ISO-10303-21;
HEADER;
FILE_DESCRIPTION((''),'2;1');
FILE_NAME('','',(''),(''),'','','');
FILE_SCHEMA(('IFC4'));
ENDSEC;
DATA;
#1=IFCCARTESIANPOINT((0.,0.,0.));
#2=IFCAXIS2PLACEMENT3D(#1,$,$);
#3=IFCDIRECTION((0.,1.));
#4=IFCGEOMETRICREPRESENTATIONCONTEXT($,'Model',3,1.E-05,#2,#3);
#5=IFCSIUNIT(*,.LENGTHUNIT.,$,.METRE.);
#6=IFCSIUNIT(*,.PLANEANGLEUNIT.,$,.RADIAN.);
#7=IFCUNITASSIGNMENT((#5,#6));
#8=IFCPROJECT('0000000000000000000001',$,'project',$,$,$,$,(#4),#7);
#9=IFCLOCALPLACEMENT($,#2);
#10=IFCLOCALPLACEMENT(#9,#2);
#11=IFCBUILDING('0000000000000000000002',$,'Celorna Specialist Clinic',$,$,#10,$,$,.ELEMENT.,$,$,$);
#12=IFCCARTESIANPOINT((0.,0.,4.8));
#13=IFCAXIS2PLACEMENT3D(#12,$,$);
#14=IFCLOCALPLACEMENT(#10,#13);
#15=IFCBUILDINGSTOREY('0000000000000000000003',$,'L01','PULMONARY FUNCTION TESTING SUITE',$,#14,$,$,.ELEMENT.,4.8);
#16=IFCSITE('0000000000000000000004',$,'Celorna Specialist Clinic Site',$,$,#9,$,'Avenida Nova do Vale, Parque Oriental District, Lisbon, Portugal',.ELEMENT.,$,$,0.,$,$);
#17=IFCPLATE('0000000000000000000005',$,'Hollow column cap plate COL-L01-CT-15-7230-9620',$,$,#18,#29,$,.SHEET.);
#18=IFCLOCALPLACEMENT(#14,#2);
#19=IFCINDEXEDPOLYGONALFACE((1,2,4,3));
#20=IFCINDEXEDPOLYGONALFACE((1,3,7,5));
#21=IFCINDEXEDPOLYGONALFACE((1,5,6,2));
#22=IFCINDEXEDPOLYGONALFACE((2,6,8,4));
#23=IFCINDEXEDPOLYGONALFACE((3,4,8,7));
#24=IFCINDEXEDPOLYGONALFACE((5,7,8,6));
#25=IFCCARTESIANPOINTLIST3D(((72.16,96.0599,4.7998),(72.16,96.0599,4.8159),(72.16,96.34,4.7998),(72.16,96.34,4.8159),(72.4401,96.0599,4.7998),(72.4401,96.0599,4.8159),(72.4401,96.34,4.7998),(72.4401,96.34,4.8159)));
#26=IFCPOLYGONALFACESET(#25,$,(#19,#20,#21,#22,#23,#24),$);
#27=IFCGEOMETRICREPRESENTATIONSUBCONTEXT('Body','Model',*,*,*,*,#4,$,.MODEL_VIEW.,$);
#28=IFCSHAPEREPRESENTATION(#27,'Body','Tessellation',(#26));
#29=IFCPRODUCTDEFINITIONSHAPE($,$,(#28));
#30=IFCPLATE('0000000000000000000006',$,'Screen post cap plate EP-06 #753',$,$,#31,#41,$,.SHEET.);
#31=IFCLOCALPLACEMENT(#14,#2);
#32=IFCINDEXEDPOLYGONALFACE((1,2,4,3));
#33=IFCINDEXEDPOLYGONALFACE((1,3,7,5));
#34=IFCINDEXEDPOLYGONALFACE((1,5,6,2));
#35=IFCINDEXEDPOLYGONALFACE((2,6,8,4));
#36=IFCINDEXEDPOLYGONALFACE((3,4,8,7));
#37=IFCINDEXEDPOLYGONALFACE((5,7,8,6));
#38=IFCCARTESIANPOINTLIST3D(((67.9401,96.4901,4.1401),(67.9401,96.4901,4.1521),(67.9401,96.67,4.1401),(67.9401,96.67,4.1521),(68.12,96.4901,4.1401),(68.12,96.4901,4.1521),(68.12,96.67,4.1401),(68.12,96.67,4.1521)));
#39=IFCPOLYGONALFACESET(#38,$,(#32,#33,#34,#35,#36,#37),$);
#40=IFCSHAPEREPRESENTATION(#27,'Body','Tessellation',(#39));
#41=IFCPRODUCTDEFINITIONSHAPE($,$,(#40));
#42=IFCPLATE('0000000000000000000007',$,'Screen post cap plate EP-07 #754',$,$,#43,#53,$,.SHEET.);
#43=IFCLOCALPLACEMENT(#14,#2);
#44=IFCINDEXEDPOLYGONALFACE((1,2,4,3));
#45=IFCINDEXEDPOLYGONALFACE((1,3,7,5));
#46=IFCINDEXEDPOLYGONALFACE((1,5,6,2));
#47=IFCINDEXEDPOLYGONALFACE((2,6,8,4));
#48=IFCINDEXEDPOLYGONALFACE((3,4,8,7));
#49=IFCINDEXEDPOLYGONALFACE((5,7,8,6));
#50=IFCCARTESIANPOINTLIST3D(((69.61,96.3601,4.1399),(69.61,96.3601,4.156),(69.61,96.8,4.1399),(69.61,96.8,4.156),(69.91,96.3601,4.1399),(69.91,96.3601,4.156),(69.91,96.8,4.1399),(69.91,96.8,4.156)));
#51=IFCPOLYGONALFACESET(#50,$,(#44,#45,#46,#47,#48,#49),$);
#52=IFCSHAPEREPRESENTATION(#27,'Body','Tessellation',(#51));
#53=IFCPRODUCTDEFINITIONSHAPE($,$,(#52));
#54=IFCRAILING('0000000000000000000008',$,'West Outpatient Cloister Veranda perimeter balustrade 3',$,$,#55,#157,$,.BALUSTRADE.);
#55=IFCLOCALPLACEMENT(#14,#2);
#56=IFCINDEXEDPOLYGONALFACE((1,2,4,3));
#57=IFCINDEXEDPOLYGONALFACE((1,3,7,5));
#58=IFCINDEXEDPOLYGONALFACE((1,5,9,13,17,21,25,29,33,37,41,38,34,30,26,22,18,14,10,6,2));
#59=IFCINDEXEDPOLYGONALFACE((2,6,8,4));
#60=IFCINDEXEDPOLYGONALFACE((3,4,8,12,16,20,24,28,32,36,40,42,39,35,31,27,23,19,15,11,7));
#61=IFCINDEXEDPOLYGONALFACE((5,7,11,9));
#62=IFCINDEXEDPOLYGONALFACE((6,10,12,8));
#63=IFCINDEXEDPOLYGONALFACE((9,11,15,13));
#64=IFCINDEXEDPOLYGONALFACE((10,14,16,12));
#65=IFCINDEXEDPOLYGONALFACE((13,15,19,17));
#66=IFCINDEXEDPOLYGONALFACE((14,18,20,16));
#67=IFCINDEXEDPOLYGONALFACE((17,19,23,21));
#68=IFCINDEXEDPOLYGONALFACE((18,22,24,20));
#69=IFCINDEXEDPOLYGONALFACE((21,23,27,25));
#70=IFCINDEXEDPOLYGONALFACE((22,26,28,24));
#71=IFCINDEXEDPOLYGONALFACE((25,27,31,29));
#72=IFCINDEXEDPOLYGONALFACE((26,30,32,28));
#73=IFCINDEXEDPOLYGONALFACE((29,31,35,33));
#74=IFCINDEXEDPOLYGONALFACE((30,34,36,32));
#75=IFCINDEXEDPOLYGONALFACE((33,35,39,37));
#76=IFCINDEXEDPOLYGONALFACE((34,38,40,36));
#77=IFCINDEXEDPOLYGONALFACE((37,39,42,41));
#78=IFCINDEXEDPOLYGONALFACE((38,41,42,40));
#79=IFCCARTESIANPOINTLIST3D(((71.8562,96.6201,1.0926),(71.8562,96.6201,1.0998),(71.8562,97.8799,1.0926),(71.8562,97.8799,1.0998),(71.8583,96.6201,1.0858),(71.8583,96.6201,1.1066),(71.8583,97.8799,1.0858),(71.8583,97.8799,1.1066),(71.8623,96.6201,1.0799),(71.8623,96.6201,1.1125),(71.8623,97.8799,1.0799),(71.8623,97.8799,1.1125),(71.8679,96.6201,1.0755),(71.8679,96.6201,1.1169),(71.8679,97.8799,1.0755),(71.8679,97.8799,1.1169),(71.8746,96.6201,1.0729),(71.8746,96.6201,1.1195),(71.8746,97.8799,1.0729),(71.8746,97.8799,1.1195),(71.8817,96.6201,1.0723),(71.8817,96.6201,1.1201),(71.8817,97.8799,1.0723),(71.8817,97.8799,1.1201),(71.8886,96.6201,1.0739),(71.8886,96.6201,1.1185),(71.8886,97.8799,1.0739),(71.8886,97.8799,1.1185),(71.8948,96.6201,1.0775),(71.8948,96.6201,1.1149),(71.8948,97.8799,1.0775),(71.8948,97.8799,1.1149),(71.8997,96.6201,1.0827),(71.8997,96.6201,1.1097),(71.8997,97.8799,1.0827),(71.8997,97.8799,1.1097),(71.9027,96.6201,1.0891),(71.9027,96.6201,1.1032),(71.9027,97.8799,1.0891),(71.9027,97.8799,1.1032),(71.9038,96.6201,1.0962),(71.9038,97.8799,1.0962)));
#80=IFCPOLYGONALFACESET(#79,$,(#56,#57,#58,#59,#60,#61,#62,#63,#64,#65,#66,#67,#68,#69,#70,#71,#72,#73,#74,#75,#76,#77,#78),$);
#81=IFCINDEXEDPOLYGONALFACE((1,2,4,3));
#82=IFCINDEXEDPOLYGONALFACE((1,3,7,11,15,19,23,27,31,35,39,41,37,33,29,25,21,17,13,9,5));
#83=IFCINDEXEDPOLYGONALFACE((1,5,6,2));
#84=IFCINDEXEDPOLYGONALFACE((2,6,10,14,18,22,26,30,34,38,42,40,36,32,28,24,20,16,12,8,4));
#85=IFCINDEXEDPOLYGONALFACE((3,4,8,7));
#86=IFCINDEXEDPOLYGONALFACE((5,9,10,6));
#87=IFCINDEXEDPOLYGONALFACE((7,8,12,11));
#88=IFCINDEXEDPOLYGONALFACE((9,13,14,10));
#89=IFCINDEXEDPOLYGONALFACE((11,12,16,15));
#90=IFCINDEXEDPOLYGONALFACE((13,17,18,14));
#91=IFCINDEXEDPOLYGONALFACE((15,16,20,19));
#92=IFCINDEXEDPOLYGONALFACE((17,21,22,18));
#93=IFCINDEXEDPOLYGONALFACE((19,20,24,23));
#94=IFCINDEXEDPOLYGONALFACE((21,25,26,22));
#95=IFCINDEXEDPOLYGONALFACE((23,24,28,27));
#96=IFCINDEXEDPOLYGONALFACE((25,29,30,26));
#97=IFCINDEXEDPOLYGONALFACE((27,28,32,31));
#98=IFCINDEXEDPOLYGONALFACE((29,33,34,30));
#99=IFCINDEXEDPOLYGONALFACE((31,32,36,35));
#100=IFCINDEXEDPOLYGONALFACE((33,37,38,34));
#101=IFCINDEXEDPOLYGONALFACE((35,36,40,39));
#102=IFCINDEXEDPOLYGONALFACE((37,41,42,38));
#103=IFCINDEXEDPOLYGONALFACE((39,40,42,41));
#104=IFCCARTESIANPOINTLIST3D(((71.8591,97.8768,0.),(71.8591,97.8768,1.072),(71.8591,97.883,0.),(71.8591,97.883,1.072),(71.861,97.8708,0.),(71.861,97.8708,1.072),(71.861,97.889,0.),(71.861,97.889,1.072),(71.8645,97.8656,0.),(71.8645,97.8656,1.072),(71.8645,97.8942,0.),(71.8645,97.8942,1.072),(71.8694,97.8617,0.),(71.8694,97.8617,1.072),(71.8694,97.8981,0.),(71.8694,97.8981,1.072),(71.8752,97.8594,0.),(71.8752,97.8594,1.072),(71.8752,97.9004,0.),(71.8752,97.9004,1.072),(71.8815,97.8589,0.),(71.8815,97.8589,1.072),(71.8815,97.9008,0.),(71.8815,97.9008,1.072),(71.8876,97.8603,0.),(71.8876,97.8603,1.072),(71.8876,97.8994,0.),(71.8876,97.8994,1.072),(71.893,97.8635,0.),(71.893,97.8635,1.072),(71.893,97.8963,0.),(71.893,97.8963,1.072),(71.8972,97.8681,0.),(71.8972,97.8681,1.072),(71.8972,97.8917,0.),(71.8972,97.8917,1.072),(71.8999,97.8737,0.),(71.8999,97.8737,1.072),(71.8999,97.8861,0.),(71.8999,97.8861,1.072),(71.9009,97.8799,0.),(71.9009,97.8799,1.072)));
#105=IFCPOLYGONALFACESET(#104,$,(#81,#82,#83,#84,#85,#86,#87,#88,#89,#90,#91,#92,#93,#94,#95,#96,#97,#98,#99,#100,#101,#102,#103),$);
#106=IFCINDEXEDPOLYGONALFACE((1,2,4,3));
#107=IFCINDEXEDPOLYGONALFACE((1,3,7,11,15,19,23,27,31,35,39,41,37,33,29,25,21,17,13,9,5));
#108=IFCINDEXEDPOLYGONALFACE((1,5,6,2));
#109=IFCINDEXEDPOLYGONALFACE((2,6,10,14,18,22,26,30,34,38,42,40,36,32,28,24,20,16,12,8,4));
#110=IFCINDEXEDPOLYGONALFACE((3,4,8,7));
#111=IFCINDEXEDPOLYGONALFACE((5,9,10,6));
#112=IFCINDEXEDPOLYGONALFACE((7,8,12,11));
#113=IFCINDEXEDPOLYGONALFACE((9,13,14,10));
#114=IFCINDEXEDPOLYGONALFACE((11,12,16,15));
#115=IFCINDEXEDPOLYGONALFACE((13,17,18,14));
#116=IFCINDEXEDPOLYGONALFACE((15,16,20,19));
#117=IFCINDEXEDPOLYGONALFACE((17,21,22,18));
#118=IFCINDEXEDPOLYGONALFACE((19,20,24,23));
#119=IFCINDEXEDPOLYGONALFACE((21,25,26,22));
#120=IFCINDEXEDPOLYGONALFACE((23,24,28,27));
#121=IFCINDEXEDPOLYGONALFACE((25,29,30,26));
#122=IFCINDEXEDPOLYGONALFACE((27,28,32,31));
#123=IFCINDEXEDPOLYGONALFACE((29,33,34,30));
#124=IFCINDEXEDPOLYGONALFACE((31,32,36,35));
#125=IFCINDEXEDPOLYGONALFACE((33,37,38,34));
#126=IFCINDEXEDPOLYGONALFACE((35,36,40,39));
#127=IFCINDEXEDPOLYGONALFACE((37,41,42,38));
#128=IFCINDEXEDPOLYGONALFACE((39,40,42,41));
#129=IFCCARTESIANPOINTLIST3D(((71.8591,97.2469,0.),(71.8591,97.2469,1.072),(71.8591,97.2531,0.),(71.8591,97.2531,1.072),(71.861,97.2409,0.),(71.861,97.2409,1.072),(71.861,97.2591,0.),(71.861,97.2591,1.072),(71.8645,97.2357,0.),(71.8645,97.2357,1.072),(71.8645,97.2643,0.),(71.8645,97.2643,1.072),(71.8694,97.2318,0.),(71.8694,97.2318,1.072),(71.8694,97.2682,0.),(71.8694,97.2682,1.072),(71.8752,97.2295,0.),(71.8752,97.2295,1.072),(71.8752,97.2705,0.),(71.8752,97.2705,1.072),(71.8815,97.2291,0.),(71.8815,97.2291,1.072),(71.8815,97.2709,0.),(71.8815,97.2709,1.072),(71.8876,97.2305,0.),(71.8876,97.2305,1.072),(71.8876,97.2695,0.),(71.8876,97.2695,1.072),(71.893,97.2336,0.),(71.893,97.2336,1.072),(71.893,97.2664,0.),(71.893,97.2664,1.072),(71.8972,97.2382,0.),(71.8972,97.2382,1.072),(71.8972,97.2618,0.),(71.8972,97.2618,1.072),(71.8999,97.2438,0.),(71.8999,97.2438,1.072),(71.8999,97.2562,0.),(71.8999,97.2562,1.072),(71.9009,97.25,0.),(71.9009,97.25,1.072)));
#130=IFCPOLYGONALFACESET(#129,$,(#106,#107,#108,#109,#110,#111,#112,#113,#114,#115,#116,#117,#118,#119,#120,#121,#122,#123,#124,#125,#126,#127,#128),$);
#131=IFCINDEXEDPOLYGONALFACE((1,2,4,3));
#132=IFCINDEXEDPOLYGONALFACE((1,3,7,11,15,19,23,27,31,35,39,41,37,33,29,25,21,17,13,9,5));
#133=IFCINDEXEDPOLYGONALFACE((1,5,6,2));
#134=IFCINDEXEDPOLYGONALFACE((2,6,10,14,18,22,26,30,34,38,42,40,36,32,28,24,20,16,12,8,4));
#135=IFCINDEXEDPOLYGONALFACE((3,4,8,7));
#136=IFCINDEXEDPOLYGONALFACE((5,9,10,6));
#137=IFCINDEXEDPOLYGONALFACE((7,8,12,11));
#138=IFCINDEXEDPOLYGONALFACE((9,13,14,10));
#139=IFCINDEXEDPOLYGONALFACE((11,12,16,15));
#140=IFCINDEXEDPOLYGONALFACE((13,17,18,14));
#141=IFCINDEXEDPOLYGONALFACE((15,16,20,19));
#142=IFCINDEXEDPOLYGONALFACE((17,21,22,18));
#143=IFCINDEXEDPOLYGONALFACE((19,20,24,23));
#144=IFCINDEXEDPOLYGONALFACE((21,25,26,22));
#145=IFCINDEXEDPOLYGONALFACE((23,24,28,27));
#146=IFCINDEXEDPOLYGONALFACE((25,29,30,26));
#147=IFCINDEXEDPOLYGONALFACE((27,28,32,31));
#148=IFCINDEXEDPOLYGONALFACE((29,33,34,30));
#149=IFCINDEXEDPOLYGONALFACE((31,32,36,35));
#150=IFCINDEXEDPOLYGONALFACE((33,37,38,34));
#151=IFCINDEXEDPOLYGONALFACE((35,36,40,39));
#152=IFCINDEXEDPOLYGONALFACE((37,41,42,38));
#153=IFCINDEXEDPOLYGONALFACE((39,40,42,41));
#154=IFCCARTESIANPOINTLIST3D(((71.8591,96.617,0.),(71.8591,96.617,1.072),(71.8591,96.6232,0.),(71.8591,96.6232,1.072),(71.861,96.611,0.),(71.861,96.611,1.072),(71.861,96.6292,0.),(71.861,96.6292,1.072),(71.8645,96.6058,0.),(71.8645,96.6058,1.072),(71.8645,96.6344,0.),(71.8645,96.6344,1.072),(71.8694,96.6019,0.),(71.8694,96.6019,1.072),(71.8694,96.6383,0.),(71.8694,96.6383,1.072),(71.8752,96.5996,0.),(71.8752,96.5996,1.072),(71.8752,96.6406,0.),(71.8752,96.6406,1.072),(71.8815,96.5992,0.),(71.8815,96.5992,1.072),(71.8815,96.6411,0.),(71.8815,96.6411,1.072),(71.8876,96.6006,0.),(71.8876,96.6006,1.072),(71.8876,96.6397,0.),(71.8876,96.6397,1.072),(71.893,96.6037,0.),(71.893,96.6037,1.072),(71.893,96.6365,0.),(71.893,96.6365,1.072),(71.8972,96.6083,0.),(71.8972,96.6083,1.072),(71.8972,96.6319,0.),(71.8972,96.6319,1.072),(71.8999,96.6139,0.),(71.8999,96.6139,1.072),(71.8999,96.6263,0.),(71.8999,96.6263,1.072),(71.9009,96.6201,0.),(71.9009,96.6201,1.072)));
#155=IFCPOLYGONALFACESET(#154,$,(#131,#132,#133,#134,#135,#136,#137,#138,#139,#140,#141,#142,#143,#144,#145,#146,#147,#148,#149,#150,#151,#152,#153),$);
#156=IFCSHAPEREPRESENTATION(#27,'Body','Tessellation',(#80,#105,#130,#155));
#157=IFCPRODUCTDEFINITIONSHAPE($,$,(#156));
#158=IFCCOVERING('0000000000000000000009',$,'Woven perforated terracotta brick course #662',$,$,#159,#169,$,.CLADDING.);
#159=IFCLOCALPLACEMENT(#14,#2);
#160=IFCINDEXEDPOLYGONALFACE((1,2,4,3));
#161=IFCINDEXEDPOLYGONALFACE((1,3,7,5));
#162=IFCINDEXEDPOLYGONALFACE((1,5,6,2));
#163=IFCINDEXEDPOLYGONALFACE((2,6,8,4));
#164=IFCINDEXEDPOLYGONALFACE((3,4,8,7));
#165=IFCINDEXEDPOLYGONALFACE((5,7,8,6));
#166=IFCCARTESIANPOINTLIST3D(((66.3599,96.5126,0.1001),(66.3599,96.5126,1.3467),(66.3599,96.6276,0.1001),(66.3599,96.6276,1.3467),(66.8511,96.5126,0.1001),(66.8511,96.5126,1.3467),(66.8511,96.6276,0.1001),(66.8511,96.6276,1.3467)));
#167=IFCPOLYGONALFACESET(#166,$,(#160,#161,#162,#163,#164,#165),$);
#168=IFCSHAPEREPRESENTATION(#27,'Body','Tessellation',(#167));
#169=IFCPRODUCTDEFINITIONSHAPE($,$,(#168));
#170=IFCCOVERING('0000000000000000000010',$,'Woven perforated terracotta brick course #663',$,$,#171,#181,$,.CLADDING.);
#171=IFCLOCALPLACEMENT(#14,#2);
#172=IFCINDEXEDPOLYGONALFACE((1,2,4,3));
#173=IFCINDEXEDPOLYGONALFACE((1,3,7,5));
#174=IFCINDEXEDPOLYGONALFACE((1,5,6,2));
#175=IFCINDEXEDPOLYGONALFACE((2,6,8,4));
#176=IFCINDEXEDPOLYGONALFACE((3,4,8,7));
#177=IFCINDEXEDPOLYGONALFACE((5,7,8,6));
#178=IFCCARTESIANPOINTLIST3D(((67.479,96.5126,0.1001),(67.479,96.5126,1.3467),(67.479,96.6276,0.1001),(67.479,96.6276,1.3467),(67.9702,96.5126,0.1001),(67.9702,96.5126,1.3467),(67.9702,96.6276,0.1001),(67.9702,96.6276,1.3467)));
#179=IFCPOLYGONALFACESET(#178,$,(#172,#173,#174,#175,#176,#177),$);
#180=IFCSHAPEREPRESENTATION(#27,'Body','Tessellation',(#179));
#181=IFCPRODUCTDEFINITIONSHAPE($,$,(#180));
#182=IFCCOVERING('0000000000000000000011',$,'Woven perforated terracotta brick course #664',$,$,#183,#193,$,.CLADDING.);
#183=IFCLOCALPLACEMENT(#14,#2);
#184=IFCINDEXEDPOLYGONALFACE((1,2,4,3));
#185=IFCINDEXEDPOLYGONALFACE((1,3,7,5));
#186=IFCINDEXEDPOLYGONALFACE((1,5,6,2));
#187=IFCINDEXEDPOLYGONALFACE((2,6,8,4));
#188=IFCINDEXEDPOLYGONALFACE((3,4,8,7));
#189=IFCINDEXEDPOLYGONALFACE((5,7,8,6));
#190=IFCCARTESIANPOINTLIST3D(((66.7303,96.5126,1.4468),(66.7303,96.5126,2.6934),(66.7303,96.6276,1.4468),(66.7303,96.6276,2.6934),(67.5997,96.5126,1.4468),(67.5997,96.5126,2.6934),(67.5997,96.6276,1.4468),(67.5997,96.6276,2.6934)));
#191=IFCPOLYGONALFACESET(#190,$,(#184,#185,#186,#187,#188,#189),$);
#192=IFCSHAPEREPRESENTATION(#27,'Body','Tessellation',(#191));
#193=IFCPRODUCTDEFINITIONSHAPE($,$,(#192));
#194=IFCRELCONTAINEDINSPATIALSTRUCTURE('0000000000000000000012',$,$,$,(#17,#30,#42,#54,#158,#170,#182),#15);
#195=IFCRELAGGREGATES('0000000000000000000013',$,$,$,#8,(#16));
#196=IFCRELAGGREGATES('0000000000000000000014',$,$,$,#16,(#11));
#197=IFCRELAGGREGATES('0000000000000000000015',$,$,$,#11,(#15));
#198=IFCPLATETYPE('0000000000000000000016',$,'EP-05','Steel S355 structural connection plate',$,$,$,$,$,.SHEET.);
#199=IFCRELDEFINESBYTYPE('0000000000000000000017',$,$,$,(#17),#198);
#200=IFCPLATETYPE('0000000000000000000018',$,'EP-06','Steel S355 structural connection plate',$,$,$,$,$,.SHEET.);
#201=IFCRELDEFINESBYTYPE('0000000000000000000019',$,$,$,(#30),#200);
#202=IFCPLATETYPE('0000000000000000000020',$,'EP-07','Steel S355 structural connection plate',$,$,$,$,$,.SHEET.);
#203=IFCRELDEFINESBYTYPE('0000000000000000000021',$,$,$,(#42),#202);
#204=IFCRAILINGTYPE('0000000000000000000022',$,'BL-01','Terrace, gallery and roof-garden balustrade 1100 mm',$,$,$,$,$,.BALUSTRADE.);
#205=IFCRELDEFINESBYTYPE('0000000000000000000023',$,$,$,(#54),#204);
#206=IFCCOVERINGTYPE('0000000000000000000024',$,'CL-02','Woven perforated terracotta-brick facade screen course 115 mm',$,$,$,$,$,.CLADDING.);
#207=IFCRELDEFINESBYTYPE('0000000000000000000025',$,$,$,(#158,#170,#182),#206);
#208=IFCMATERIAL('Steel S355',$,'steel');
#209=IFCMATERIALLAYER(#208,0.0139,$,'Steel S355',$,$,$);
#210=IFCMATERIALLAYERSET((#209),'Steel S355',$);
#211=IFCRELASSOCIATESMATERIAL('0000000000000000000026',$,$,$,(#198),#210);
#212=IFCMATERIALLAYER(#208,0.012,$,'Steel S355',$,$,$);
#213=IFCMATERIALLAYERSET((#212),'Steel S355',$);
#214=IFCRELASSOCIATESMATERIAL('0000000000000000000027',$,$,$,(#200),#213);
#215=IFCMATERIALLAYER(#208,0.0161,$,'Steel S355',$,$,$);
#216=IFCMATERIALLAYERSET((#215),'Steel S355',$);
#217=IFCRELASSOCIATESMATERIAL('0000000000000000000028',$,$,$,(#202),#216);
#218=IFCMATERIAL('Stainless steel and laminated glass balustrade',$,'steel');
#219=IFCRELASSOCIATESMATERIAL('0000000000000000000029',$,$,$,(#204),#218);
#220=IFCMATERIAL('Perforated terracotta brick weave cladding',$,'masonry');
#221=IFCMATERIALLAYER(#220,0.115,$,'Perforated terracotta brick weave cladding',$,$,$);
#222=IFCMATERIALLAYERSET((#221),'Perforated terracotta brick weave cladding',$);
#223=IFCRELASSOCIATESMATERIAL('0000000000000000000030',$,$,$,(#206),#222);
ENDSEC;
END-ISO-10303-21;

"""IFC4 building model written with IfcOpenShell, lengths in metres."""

from ifc_helpers import new_model, si_unit, direction, frame, origin, origin_2d, place, context, subcontext, project, spatial, rectangle, circle, extrude, material, layer, layer_set, type_object, element, save


model = new_model("IFC4")

# Units and contexts
model_context = context("Model", 3, precision=1e-05, world=origin(), true_north=direction((0.0, 1.0)))
body_context = subcontext(model_context, "Body", "Model", "MODEL_VIEW")
ifc_project = project(units=[si_unit("LENGTHUNIT", "METRE"), si_unit("PLANEANGLEUNIT", "RADIAN")], contexts=[model_context])

# Site, building, storey
site_placement = place(None, origin())
site = spatial("IfcSite", under=ifc_project, at=site_placement, Name="Celorna Specialist Clinic Site", LongName="Avenida Nova do Vale, Parque Oriental District, Lisbon, Portugal", CompositionType="ELEMENT", RefElevation=0.0)
building_placement = place(site_placement, origin())
building = spatial("IfcBuilding", under=site, at=building_placement, Name="Celorna Specialist Clinic", CompositionType="ELEMENT")
storey_placement = place(building_placement, frame((0.0, 0.0, 4.8)))
storey = spatial("IfcBuildingStorey", under=building, at=storey_placement, Name="L01", Description="PULMONARY FUNCTION TESTING SUITE", CompositionType="ELEMENT", Elevation=4.8)

# Shared definitions
ifc_material_1 = material(Name="Steel S355", Category="steel")

# Plates
ifc_layer_1 = layer(ifc_material_1, 0.0139, Name="Steel S355")
ifc_layer_set_1 = layer_set([ifc_layer_1], Name="Steel S355")
plate_type_1 = type_object("IfcPlateType", Name="EP-05", Description="Steel S355 structural connection plate", PredefinedType="SHEET", material=ifc_layer_set_1)
plate_1_placement = place(storey_placement, frame((72.3, 96.2, 4.7998), z_axis=(0.0, 0.0, 1.0), x_axis=(1.0, 0.0, 0.0)))
element("IfcPlate", 1, at=plate_1_placement, inside=storey, type_object=plate_type_1, Name="Hollow column cap plate COL-L01-CT-15-7230-9620", PredefinedType="SHEET", context=body_context, shape_type="SweptSolid", body=[
    extrude(rectangle(XDim=0.28, YDim=0.28, at=origin_2d()), origin(), (0.0, 0.0, 1.0), 0.0161),
])
ifc_layer_2 = layer(ifc_material_1, 0.012, Name="Steel S355")
ifc_layer_set_2 = layer_set([ifc_layer_2], Name="Steel S355")
plate_type_2 = type_object("IfcPlateType", Name="EP-06", Description="Steel S355 structural connection plate", PredefinedType="SHEET", material=ifc_layer_set_2)
plate_2_placement = place(storey_placement, frame((68.03, 96.5801, 4.1401), z_axis=(0.0, 0.0, 1.0), x_axis=(1.0, 0.0, 0.0)))
element("IfcPlate", 2, at=plate_2_placement, inside=storey, type_object=plate_type_2, Name="Screen post cap plate EP-06 #753", PredefinedType="SHEET", context=body_context, shape_type="SweptSolid", body=[
    extrude(rectangle(XDim=0.1799, YDim=0.1799, at=origin_2d()), origin(), (0.0, 0.0, 1.0), 0.012),
])
ifc_layer_3 = layer(ifc_material_1, 0.0161, Name="Steel S355")
ifc_layer_set_3 = layer_set([ifc_layer_3], Name="Steel S355")
plate_type_3 = type_object("IfcPlateType", Name="EP-07", Description="Steel S355 structural connection plate", PredefinedType="SHEET", material=ifc_layer_set_3)
plate_3_placement = place(storey_placement, frame((69.76, 96.5801, 4.1399), z_axis=(0.0, 0.0, 1.0), x_axis=(1.0, 0.0, 0.0)))
element("IfcPlate", 3, at=plate_3_placement, inside=storey, type_object=plate_type_3, Name="Screen post cap plate EP-07 #754", PredefinedType="SHEET", context=body_context, shape_type="SweptSolid", body=[
    extrude(rectangle(XDim=0.3, YDim=0.4399, at=origin_2d()), origin(), (0.0, 0.0, 1.0), 0.0161),
])

# Railing
ifc_material_2 = material(Name="Stainless steel and laminated glass balustrade", Category="steel")
railing_type = type_object("IfcRailingType", Name="BL-01", Description="Terrace, gallery and roof-garden balustrade 1100 mm", PredefinedType="BALUSTRADE", material=ifc_material_2)
railing_1_placement = place(storey_placement, frame((71.8799, 97.8799, 0.0)))
element("IfcRailing", 4, at=railing_1_placement, inside=storey, type_object=railing_type, Name="West Outpatient Cloister Veranda perimeter balustrade 3", PredefinedType="BALUSTRADE", context=body_context, shape_type="SweptSolid", body=[
    extrude(circle(Radius=0.0239, at=origin_2d()), frame((0.0, 0.0, 1.0962), z_axis=(0.0, -1.0, 0.0), x_axis=(1.0, 0.0, 0.0)), (0.0, 0.0, 1.0), 1.2598),
    extrude(circle(Radius=0.021, at=origin_2d()), origin(), (0.0, 0.0, 1.0), 1.072),
    extrude(circle(Radius=0.021, at=origin_2d()), frame((0.0, -0.6299, 0.0)), (0.0, 0.0, 1.0), 1.072),
    extrude(circle(Radius=0.021, at=origin_2d()), frame((0.0, -1.2598, 0.0)), (0.0, 0.0, 1.0), 1.072),
])

# Coverings
ifc_material_3 = material(Name="Perforated terracotta brick weave cladding", Category="masonry")
ifc_layer_4 = layer(ifc_material_3, 0.115, Name="Perforated terracotta brick weave cladding")
ifc_layer_set_4 = layer_set([ifc_layer_4], Name="Perforated terracotta brick weave cladding")
covering_type = type_object("IfcCoveringType", Name="CL-02", Description="Woven perforated terracotta-brick facade screen course 115 mm", PredefinedType="CLADDING", material=ifc_layer_set_4)
for number, where, z_axis, x_axis, name in (
    (5, (66.6055, 96.5701, 0.1001), (0.0, 0.0, 1.0), (1.0, 0.0, 0.0), "Woven perforated terracotta brick course #662"),
    (6, (67.7246, 96.5701, 0.1001), (0.0, 0.0, 1.0), (1.0, 0.0, 0.0), "Woven perforated terracotta brick course #663"),
):
    element("IfcCovering", number, at=place(storey_placement, frame(where, z_axis=z_axis, x_axis=x_axis)), inside=storey, type_object=covering_type, Name=name, PredefinedType="CLADDING", context=body_context, shape_type="SweptSolid", body=[
        extrude(rectangle(XDim=0.4912, YDim=0.115, at=origin_2d()), origin(), (0.0, 0.0, 1.0), 1.2466),
    ])
covering_1_placement = place(storey_placement, frame((67.165, 96.5701, 1.4468), z_axis=(0.0, 0.0, 1.0), x_axis=(1.0, 0.0, 0.0)))
element("IfcCovering", 7, at=covering_1_placement, inside=storey, type_object=covering_type, Name="Woven perforated terracotta brick course #664", PredefinedType="CLADDING", context=body_context, shape_type="SweptSolid", body=[
    extrude(rectangle(XDim=0.8694, YDim=0.115, at=origin_2d()), origin(), (0.0, 0.0, 1.0), 1.2466),
])

save(model, "model.ifc")
